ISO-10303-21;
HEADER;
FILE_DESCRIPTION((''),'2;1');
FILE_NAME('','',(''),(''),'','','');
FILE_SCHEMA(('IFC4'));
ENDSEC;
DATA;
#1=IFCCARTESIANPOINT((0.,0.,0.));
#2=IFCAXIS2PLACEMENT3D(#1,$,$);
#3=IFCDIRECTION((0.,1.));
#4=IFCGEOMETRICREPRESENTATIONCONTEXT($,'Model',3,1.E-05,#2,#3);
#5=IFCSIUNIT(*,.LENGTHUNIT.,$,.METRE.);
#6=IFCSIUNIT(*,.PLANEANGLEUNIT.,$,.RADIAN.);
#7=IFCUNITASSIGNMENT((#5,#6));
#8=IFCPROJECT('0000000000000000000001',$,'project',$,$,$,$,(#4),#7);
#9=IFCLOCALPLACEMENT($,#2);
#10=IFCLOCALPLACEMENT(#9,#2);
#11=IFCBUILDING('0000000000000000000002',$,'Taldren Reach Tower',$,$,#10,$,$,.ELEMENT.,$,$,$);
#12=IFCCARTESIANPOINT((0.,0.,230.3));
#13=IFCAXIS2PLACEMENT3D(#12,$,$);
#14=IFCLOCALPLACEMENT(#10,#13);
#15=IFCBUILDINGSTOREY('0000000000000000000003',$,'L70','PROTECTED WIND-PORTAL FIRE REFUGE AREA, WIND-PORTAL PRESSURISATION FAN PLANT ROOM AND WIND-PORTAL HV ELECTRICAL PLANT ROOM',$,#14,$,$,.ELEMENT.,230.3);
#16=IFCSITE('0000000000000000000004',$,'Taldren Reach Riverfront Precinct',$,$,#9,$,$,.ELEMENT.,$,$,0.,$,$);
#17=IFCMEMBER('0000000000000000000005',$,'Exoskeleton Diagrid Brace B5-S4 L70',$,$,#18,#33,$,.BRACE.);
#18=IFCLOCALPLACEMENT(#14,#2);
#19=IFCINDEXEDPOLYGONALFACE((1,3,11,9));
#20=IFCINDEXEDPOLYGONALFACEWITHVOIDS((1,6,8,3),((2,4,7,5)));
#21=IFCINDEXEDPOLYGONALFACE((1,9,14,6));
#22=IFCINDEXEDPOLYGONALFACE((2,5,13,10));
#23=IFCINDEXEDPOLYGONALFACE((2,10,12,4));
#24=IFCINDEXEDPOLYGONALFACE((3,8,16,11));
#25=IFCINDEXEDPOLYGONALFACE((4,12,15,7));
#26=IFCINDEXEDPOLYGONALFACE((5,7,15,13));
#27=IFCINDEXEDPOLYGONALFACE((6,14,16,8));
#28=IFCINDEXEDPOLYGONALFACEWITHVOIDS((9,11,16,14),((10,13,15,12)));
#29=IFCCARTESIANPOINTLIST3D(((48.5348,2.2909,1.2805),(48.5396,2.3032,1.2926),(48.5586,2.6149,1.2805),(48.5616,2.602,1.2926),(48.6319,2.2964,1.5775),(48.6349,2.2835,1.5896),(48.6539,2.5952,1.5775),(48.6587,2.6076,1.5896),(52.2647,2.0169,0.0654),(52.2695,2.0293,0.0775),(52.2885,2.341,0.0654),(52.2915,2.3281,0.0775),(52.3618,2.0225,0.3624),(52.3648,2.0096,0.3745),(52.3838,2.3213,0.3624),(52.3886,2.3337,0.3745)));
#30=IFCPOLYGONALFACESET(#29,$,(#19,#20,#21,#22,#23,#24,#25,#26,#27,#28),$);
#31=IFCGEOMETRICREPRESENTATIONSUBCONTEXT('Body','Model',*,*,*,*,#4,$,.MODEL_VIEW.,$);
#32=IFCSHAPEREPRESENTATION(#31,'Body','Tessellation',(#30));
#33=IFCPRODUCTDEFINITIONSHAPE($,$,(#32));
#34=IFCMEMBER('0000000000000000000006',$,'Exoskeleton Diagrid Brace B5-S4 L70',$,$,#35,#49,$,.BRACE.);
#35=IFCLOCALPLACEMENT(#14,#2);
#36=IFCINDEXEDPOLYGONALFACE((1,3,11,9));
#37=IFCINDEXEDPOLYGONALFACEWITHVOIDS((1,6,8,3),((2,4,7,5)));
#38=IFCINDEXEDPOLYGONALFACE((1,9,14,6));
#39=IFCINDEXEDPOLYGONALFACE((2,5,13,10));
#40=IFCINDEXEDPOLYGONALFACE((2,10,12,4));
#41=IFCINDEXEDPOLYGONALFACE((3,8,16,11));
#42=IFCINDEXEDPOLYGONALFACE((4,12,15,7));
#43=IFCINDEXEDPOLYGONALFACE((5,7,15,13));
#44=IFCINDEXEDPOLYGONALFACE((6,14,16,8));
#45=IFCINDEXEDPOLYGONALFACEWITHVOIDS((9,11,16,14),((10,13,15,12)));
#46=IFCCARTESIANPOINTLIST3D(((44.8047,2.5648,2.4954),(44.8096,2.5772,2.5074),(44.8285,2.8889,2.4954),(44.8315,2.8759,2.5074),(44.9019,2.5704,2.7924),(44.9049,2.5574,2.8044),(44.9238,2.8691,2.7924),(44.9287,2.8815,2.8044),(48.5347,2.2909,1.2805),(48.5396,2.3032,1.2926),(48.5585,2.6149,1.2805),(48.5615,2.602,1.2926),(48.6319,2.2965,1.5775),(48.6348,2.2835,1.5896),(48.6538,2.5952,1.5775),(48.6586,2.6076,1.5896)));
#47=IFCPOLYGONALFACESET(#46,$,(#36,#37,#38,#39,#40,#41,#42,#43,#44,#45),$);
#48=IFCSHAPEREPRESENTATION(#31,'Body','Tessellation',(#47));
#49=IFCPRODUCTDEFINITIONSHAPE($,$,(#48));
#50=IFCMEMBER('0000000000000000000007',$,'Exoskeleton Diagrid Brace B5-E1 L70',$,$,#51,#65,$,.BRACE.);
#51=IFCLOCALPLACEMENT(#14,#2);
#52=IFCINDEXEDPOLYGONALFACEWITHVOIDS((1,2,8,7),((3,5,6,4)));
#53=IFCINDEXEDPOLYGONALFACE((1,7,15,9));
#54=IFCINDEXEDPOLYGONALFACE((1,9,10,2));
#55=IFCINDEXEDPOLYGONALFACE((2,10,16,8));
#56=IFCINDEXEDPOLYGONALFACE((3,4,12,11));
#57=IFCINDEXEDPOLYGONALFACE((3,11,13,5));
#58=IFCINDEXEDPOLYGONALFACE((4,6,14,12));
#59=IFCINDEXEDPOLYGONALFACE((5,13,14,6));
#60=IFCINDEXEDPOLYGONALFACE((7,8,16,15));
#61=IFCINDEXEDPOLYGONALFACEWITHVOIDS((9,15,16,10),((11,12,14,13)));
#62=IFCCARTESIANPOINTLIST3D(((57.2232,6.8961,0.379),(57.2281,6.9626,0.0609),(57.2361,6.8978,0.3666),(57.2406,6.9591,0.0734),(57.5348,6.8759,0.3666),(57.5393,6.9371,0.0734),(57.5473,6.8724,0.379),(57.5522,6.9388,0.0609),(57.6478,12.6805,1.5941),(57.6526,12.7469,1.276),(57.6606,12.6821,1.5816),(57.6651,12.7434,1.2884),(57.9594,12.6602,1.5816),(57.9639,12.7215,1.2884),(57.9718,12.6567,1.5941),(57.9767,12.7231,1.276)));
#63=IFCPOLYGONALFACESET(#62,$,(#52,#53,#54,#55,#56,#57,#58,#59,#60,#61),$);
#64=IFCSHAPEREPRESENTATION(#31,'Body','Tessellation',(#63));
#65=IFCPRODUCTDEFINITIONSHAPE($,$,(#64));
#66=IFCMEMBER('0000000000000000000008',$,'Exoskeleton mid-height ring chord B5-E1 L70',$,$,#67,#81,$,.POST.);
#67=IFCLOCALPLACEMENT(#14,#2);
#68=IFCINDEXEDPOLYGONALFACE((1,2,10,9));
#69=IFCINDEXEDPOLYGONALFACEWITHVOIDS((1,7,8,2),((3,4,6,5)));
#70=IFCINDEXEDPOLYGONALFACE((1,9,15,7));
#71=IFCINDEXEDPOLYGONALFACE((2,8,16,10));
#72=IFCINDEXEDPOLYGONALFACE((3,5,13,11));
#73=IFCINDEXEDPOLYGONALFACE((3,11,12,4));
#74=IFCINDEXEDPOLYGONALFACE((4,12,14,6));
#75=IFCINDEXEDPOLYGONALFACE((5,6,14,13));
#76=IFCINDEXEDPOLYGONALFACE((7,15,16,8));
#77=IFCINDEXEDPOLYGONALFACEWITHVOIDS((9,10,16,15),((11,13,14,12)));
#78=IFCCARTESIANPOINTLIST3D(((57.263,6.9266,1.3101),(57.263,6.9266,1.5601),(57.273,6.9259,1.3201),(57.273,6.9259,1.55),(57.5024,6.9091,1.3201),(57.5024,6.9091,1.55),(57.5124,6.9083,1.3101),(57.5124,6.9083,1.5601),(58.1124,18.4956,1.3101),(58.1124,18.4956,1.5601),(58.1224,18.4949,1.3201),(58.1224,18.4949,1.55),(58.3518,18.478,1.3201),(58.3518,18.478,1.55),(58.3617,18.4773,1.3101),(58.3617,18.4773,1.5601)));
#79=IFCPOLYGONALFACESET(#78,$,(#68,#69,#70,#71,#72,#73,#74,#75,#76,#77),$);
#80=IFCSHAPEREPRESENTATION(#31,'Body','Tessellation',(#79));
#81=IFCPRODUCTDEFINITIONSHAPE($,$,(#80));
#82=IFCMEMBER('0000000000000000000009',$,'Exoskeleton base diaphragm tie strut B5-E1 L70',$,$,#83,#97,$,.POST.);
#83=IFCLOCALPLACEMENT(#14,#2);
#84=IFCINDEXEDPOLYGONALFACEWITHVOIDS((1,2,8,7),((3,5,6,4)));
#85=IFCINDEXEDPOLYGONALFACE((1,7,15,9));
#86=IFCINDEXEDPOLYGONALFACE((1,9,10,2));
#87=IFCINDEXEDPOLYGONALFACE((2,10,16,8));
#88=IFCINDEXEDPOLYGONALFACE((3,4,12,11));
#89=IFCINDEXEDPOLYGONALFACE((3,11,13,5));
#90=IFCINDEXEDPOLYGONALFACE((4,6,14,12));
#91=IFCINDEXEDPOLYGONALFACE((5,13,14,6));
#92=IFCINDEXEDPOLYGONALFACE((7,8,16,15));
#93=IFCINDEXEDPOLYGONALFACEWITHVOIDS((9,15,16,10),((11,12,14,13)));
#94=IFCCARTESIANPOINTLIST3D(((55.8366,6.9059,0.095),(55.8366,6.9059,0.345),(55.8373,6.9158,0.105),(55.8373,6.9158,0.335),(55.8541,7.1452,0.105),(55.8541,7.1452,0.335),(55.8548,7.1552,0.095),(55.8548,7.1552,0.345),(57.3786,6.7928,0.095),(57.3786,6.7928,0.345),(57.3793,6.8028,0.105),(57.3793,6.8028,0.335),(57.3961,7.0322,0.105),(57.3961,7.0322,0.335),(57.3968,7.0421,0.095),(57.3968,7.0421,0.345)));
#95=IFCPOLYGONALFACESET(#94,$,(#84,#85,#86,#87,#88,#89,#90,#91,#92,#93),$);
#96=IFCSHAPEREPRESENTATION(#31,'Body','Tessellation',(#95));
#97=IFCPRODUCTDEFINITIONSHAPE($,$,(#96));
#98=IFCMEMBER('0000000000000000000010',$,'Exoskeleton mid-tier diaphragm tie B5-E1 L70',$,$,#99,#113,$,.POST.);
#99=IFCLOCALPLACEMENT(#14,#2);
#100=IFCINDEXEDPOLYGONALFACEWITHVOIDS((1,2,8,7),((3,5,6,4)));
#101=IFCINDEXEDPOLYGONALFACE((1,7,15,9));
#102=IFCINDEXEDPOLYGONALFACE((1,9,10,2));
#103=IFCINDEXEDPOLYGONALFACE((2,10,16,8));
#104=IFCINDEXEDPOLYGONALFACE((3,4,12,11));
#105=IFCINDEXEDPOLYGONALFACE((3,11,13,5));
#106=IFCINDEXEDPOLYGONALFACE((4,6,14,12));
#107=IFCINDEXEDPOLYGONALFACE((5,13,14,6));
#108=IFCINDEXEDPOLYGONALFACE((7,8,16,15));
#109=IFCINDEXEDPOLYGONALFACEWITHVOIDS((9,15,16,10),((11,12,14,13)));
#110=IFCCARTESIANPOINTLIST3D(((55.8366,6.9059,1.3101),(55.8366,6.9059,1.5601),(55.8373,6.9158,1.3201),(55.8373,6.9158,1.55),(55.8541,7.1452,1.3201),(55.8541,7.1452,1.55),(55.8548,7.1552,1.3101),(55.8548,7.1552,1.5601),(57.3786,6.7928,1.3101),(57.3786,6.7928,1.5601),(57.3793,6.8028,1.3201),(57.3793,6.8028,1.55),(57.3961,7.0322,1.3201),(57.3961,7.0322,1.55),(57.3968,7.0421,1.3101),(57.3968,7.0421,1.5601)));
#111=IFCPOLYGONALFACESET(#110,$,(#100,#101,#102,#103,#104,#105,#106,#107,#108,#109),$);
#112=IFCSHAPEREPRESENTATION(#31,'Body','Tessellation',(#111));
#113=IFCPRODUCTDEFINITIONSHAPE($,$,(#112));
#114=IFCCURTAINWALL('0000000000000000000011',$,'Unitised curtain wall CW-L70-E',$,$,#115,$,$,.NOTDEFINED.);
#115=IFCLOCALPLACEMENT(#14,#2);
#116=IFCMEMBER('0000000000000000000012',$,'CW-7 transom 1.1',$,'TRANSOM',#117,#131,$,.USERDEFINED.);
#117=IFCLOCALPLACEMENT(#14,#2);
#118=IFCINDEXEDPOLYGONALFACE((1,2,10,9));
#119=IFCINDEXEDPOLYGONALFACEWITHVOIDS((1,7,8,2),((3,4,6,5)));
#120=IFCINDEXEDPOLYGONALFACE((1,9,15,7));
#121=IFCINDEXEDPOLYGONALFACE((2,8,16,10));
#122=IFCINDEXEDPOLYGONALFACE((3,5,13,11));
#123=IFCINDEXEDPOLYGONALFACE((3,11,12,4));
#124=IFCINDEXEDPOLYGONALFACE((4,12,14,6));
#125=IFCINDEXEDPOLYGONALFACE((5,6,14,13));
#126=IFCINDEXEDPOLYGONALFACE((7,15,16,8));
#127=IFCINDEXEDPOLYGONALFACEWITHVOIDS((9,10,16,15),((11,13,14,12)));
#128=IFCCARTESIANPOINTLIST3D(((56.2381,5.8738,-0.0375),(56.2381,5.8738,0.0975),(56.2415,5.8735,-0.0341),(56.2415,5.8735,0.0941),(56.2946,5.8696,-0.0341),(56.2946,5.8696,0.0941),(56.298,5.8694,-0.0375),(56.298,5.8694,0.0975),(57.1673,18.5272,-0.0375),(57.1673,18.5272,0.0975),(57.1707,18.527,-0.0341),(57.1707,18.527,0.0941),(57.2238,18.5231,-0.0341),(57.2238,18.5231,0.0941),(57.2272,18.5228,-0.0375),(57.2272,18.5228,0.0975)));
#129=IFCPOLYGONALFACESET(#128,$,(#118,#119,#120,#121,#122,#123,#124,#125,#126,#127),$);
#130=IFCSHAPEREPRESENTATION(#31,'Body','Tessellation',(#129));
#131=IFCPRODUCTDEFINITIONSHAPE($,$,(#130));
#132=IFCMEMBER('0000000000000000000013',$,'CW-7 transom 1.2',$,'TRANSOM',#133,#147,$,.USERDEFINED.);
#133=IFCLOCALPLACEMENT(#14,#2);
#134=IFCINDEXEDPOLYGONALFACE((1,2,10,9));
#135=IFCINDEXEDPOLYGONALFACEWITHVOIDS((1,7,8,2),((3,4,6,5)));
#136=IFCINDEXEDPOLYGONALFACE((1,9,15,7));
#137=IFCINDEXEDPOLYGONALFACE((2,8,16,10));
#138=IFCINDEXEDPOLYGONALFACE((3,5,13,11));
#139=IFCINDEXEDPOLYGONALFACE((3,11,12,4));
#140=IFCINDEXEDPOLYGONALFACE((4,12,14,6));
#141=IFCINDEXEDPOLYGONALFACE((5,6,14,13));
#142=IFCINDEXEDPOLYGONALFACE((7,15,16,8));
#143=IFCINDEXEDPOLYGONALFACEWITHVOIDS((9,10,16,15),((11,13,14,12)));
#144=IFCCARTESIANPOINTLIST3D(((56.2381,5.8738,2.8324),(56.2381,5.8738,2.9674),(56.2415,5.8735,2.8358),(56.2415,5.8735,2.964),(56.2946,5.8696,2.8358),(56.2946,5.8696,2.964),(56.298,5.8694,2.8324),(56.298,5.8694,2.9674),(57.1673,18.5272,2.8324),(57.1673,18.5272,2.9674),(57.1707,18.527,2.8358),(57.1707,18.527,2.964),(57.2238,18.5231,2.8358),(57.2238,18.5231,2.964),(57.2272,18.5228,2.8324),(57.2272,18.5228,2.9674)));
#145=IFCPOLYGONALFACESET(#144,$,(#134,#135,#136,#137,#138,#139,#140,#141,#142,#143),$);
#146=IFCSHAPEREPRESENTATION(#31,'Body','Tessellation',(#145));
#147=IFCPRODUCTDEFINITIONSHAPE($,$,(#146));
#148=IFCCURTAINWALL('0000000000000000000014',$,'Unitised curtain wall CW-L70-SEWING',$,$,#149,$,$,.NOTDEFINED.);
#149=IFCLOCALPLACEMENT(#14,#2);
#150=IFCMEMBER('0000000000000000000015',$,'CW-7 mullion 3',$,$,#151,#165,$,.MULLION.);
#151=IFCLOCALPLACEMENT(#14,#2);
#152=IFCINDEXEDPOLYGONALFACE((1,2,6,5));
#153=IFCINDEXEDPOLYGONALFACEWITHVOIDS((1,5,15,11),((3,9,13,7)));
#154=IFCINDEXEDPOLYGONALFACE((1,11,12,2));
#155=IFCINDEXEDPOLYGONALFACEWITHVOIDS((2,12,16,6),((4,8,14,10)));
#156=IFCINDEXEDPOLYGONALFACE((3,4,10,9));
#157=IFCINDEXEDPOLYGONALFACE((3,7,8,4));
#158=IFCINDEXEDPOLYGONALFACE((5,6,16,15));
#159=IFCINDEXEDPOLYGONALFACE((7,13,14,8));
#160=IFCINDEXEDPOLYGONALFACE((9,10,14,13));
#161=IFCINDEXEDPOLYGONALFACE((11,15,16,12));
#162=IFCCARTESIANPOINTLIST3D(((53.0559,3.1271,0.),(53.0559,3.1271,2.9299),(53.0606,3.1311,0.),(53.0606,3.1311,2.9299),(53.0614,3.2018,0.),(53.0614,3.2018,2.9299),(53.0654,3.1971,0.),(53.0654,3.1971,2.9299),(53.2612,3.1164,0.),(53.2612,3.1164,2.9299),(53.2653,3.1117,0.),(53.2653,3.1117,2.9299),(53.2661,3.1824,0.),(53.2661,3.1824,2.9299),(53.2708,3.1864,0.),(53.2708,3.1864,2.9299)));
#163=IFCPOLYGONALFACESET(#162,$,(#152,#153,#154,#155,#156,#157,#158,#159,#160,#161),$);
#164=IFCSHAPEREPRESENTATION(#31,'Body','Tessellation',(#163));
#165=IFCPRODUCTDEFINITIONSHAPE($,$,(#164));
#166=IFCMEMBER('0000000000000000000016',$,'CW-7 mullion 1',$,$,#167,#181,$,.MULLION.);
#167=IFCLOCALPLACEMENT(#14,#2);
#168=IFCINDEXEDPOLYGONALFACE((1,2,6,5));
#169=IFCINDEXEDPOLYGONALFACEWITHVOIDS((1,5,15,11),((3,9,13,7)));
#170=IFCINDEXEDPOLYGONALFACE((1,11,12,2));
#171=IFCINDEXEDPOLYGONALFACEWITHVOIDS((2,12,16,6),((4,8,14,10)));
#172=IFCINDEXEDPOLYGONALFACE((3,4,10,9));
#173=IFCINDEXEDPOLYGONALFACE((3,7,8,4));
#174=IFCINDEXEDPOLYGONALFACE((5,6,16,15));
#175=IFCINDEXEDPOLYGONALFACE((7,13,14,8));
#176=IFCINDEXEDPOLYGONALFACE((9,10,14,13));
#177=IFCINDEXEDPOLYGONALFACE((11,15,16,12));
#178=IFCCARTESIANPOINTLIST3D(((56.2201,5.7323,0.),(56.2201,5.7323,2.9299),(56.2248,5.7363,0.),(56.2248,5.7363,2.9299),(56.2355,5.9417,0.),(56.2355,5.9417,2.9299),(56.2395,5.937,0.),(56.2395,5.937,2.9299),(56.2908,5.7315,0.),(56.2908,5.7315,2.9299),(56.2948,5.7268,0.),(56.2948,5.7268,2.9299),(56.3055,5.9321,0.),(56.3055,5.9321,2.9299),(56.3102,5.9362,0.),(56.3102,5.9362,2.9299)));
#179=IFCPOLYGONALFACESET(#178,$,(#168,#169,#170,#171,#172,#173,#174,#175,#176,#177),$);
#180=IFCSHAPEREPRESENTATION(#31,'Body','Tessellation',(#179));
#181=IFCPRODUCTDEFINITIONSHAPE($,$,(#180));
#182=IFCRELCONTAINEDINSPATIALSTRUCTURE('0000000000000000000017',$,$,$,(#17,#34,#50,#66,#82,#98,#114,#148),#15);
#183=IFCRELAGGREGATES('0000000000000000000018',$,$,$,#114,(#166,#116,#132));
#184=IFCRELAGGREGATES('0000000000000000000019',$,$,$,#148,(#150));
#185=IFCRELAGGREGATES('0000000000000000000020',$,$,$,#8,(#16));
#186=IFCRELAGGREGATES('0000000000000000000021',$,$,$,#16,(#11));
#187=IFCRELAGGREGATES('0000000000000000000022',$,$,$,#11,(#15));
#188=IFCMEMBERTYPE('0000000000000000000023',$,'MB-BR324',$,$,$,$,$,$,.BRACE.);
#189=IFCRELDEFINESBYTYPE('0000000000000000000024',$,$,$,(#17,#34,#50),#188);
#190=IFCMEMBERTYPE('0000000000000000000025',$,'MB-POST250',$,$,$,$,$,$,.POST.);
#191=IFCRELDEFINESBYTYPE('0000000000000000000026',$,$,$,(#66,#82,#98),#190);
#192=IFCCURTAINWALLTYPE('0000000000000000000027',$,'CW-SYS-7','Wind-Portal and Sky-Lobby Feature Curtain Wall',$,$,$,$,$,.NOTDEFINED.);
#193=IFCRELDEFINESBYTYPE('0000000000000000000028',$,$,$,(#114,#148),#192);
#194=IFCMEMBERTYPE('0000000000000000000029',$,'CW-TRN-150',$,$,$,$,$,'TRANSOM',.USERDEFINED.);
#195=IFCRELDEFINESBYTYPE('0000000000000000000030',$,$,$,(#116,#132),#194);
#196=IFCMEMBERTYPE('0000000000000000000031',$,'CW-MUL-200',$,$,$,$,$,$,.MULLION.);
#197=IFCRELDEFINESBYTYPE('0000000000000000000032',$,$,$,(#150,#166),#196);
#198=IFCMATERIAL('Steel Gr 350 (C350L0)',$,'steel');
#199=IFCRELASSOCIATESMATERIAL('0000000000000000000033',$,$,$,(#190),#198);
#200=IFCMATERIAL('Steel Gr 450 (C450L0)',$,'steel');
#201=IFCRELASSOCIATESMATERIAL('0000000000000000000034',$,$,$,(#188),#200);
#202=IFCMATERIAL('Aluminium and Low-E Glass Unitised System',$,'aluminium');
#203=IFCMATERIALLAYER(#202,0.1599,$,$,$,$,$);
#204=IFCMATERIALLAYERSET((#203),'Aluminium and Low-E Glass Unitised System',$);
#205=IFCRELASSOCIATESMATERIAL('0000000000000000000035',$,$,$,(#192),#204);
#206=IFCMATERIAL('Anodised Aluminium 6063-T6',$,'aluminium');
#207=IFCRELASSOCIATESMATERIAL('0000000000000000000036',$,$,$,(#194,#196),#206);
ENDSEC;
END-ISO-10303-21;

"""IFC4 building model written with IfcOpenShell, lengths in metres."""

from ifc_helpers import new_model, si_unit, direction, frame, origin, origin_2d, place, context, subcontext, project, spatial, hollow_rectangle, extrude, source, transform, mapped, material, layer, layer_set, material_profile, profile_set, type_object, element, aggregate, save


model = new_model("IFC4")

# Units and contexts
model_context = context("Model", 3, precision=1e-05, world=origin(), true_north=direction((0.0, 1.0)))
body_context = subcontext(model_context, "Body", "Model", "MODEL_VIEW")
ifc_project = project(units=[si_unit("LENGTHUNIT", "METRE"), si_unit("PLANEANGLEUNIT", "RADIAN")], contexts=[model_context])

# Site, building, storey
site_placement = place(None, origin())
site = spatial("IfcSite", under=ifc_project, at=site_placement, Name="Taldren Reach Riverfront Precinct", CompositionType="ELEMENT", RefElevation=0.0)
building_placement = place(site_placement, origin())
building = spatial("IfcBuilding", under=site, at=building_placement, Name="Taldren Reach Tower", CompositionType="ELEMENT")
storey_placement = place(building_placement, frame((0.0, 0.0, 230.3)))
storey = spatial("IfcBuildingStorey", under=building, at=storey_placement, Name="L70", Description="PROTECTED WIND-PORTAL FIRE REFUGE AREA, WIND-PORTAL PRESSURISATION FAN PLANT ROOM AND WIND-PORTAL HV ELECTRICAL PLANT ROOM", CompositionType="ELEMENT", Elevation=230.3)

# Shared definitions
ifc_material_1 = material(Name="Steel Gr 350 (C350L0)", Category="steel")

# Shared definitions
ifc_material_profile_1 = material_profile(ifc_material_1, hollow_rectangle(XDim=0.25, YDim=0.25, WallThickness=0.01, at=origin_2d()), Name="250x250x10.0SHS")
ifc_profile_set_1 = profile_set([ifc_material_profile_1], Name="Steel Gr 350 (C350L0)")
member_type_1 = type_object("IfcMemberType", Name="MB-POST250", PredefinedType="POST", material=ifc_profile_set_1)
ifc_material_2 = material(Name="Steel Gr 450 (C450L0)", Category="steel")

# Members
ifc_material_profile_2 = material_profile(ifc_material_2, hollow_rectangle(XDim=0.325, YDim=0.325, WallThickness=0.0127, at=origin_2d()), Name="325x325x12.7SHS")
ifc_profile_set_2 = profile_set([ifc_material_profile_2], Name="Steel Gr 450 (C450L0)")
member_type_2 = type_object("IfcMemberType", Name="MB-BR324", PredefinedType="BRACE", material=ifc_profile_set_2)
shared_shape_1 = source(origin(), body_context, "Body", "SweptSolid", [
    extrude(hollow_rectangle(XDim=0.325, YDim=0.325, WallThickness=0.0127, at=origin_2d()), origin(), (0.0, 0.0, 1.0), 3.9324),
])
for number, where, z_axis, x_axis, name in (
    (1, (52.3267, 2.1753, 0.22), (-0.948511, 0.069658, 0.308989), (-0.073242, -0.997314, 0.0), "Exoskeleton Diagrid Brace B5-S4 L70"),
    (2, (48.5967, 2.4492, 1.4351), (-0.948529, 0.069659, 0.308933), (-0.073242, -0.997314, 0.0), "Exoskeleton Diagrid Brace B5-S4 L70"),
):
    element("IfcMember", number, at=place(storey_placement, frame(where, z_axis=z_axis, x_axis=x_axis)), inside=storey, type_object=member_type_2, Name=name, PredefinedType="BRACE", context=body_context, shape_type="MappedRepresentation", body=[
        mapped(shared_shape_1, transform((0.0, 0.0, 0.0), scale=1.0)),
    ])
shared_shape_2 = source(origin(), body_context, "Body", "SweptSolid", [
    extrude(hollow_rectangle(XDim=0.325, YDim=0.325, WallThickness=0.0127, at=origin_2d()), origin(), (0.0, 0.0, 1.0), 5.9258),
])
member_1_placement = place(storey_placement, frame((57.3877, 6.9175, 0.22), z_axis=(0.071645, 0.976126, 0.205047), x_axis=(-0.997317, 0.0732, 0.0)))
element("IfcMember", 3, at=member_1_placement, inside=storey, type_object=member_type_2, Name="Exoskeleton Diagrid Brace B5-E1 L70", PredefinedType="BRACE", context=body_context, shape_type="MappedRepresentation", body=[
    mapped(shared_shape_2, transform((0.0, 0.0, 0.0), scale=1.0)),
])
shared_shape_3 = source(origin(), body_context, "Body", "SweptSolid", [
    extrude(hollow_rectangle(XDim=0.25, YDim=0.25, WallThickness=0.01, at=origin_2d()), origin(), (0.0, 0.0, 1.0), 11.6001),
])
member_2_placement = place(storey_placement, frame((57.3877, 6.9175, 1.4351), z_axis=(0.073221, 0.997316, 0.0), x_axis=(-0.997316, 0.073221, 0.0)))
element("IfcMember", 4, at=member_2_placement, inside=storey, type_object=member_type_1, Name="Exoskeleton mid-height ring chord B5-E1 L70", PredefinedType="POST", context=body_context, shape_type="MappedRepresentation", body=[
    mapped(shared_shape_3, transform((0.0, 0.0, 0.0), scale=1.0)),
])
shared_shape_4 = source(origin(), body_context, "Body", "SweptSolid", [
    extrude(hollow_rectangle(XDim=0.25, YDim=0.25, WallThickness=0.01, at=origin_2d()), origin(), (0.0, 0.0, 1.0), 1.5461),
])
for number, where, z_axis, x_axis, name in (
    (5, (55.8457, 7.0305, 0.22), (0.997324, -0.07311, 0.0), (0.07311, 0.997324, 0.0), "Exoskeleton base diaphragm tie strut B5-E1 L70"),
    (6, (55.8457, 7.0305, 1.4351), (0.997324, -0.07311, 0.0), (0.07311, 0.997324, 0.0), "Exoskeleton mid-tier diaphragm tie B5-E1 L70"),
):
    element("IfcMember", number, at=place(storey_placement, frame(where, z_axis=z_axis, x_axis=x_axis)), inside=storey, type_object=member_type_1, Name=name, PredefinedType="POST", context=body_context, shape_type="MappedRepresentation", body=[
        mapped(shared_shape_4, transform((0.0, 0.0, 0.0), scale=1.0)),
    ])

# Curtain wall, members
ifc_material_3 = material(Name="Aluminium and Low-E Glass Unitised System", Category="aluminium")
ifc_layer_1 = layer(ifc_material_3, 0.1599)
ifc_layer_set_1 = layer_set([ifc_layer_1], Name="Aluminium and Low-E Glass Unitised System")
curtain_wall_type = type_object("IfcCurtainWallType", Name="CW-SYS-7", Description="Wind-Portal and Sky-Lobby Feature Curtain Wall", PredefinedType="NOTDEFINED", material=ifc_layer_set_1)
curtain_wall_1_placement = place(storey_placement, origin())
curtain_wall_1 = element("IfcCurtainWall", 7, at=curtain_wall_1_placement, inside=storey, type_object=curtain_wall_type, Name="Unitised curtain wall CW-L70-E", PredefinedType="NOTDEFINED")
ifc_material_4 = material(Name="Anodised Aluminium 6063-T6", Category="aluminium")
ifc_material_profile_3 = material_profile(ifc_material_4, hollow_rectangle(XDim=0.0601, YDim=0.135, WallThickness=0.0034, at=origin_2d()), Name="ALU-135x60x3.5RHS")
ifc_profile_set_3 = profile_set([ifc_material_profile_3], Name="Anodised Aluminium 6063-T6")
member_type_3 = type_object("IfcMemberType", Name="CW-TRN-150", ElementType="TRANSOM", PredefinedType="USERDEFINED", material=ifc_profile_set_3)
shared_shape_5 = source(origin(), body_context, "Body", "SweptSolid", [
    extrude(hollow_rectangle(XDim=0.0601, YDim=0.135, WallThickness=0.0034, at=origin_2d()), origin(), (0.0, 0.0, 1.0), 12.6875),
])
member_3_placement = place(storey_placement, frame((56.2681, 5.8716, 0.03), z_axis=(0.073238, 0.997314, 0.0), x_axis=(-0.997314, 0.073238, 0.0)))
member_3 = element("IfcMember", 8, at=member_3_placement, type_object=member_type_3, Name="CW-7 transom 1.1", ObjectType="TRANSOM", PredefinedType="USERDEFINED", context=body_context, shape_type="MappedRepresentation", body=[
    mapped(shared_shape_5, transform((0.0, 0.0, 0.0), scale=1.0)),
])
member_4_placement = place(storey_placement, frame((56.2681, 5.8716, 2.8999), z_axis=(0.073238, 0.997314, 0.0), x_axis=(-0.997314, 0.073238, 0.0)))
member_4 = element("IfcMember", 9, at=member_4_placement, type_object=member_type_3, Name="CW-7 transom 1.2", ObjectType="TRANSOM", PredefinedType="USERDEFINED", context=body_context, shape_type="MappedRepresentation", body=[
    mapped(shared_shape_5, transform((0.0, 0.0, 0.0), scale=1.0)),
])

# Curtain wall, member
curtain_wall_2_placement = place(storey_placement, origin())
curtain_wall_2 = element("IfcCurtainWall", 10, at=curtain_wall_2_placement, inside=storey, type_object=curtain_wall_type, Name="Unitised curtain wall CW-L70-SEWING", PredefinedType="NOTDEFINED")
ifc_material_profile_4 = material_profile(ifc_material_4, hollow_rectangle(XDim=0.075, YDim=0.21, WallThickness=0.0044, at=origin_2d()), Name="ALU-210x75x4.5RHS")
ifc_profile_set_4 = profile_set([ifc_material_profile_4], Name="Anodised Aluminium 6063-T6")
member_type_4 = type_object("IfcMemberType", Name="CW-MUL-200", PredefinedType="MULLION", material=ifc_profile_set_4)
shared_shape_6 = source(origin(), body_context, "Body", "SweptSolid", [
    extrude(hollow_rectangle(XDim=0.075, YDim=0.21, WallThickness=0.0044, at=origin_2d()), origin(), (0.0, 0.0, 1.0), 2.9299),
])
member_5_placement = place(storey_placement, frame((53.1633, 3.1567, 0.0), z_axis=(0.0, 0.0, 1.0), x_axis=(0.073238, 0.997314, 0.0)))
member_5 = element("IfcMember", 11, at=member_5_placement, type_object=member_type_4, Name="CW-7 mullion 3", PredefinedType="MULLION", context=body_context, shape_type="MappedRepresentation", body=[
    mapped(shared_shape_6, transform((0.0, 0.0, 0.0), scale=1.0)),
])

# Member
member_6_placement = place(storey_placement, frame((56.2651, 5.8342, 0.0), z_axis=(0.0, 0.0, 1.0), x_axis=(-0.997314, 0.073238, 0.0)))
member_6 = element("IfcMember", 12, at=member_6_placement, type_object=member_type_4, Name="CW-7 mullion 1", PredefinedType="MULLION", context=body_context, shape_type="MappedRepresentation", body=[
    mapped(shared_shape_6, transform((0.0, 0.0, 0.0), scale=1.0)),
])

aggregate(curtain_wall_1, [member_6, member_3, member_4])
aggregate(curtain_wall_2, [member_5])

save(model, "model.ifc")
